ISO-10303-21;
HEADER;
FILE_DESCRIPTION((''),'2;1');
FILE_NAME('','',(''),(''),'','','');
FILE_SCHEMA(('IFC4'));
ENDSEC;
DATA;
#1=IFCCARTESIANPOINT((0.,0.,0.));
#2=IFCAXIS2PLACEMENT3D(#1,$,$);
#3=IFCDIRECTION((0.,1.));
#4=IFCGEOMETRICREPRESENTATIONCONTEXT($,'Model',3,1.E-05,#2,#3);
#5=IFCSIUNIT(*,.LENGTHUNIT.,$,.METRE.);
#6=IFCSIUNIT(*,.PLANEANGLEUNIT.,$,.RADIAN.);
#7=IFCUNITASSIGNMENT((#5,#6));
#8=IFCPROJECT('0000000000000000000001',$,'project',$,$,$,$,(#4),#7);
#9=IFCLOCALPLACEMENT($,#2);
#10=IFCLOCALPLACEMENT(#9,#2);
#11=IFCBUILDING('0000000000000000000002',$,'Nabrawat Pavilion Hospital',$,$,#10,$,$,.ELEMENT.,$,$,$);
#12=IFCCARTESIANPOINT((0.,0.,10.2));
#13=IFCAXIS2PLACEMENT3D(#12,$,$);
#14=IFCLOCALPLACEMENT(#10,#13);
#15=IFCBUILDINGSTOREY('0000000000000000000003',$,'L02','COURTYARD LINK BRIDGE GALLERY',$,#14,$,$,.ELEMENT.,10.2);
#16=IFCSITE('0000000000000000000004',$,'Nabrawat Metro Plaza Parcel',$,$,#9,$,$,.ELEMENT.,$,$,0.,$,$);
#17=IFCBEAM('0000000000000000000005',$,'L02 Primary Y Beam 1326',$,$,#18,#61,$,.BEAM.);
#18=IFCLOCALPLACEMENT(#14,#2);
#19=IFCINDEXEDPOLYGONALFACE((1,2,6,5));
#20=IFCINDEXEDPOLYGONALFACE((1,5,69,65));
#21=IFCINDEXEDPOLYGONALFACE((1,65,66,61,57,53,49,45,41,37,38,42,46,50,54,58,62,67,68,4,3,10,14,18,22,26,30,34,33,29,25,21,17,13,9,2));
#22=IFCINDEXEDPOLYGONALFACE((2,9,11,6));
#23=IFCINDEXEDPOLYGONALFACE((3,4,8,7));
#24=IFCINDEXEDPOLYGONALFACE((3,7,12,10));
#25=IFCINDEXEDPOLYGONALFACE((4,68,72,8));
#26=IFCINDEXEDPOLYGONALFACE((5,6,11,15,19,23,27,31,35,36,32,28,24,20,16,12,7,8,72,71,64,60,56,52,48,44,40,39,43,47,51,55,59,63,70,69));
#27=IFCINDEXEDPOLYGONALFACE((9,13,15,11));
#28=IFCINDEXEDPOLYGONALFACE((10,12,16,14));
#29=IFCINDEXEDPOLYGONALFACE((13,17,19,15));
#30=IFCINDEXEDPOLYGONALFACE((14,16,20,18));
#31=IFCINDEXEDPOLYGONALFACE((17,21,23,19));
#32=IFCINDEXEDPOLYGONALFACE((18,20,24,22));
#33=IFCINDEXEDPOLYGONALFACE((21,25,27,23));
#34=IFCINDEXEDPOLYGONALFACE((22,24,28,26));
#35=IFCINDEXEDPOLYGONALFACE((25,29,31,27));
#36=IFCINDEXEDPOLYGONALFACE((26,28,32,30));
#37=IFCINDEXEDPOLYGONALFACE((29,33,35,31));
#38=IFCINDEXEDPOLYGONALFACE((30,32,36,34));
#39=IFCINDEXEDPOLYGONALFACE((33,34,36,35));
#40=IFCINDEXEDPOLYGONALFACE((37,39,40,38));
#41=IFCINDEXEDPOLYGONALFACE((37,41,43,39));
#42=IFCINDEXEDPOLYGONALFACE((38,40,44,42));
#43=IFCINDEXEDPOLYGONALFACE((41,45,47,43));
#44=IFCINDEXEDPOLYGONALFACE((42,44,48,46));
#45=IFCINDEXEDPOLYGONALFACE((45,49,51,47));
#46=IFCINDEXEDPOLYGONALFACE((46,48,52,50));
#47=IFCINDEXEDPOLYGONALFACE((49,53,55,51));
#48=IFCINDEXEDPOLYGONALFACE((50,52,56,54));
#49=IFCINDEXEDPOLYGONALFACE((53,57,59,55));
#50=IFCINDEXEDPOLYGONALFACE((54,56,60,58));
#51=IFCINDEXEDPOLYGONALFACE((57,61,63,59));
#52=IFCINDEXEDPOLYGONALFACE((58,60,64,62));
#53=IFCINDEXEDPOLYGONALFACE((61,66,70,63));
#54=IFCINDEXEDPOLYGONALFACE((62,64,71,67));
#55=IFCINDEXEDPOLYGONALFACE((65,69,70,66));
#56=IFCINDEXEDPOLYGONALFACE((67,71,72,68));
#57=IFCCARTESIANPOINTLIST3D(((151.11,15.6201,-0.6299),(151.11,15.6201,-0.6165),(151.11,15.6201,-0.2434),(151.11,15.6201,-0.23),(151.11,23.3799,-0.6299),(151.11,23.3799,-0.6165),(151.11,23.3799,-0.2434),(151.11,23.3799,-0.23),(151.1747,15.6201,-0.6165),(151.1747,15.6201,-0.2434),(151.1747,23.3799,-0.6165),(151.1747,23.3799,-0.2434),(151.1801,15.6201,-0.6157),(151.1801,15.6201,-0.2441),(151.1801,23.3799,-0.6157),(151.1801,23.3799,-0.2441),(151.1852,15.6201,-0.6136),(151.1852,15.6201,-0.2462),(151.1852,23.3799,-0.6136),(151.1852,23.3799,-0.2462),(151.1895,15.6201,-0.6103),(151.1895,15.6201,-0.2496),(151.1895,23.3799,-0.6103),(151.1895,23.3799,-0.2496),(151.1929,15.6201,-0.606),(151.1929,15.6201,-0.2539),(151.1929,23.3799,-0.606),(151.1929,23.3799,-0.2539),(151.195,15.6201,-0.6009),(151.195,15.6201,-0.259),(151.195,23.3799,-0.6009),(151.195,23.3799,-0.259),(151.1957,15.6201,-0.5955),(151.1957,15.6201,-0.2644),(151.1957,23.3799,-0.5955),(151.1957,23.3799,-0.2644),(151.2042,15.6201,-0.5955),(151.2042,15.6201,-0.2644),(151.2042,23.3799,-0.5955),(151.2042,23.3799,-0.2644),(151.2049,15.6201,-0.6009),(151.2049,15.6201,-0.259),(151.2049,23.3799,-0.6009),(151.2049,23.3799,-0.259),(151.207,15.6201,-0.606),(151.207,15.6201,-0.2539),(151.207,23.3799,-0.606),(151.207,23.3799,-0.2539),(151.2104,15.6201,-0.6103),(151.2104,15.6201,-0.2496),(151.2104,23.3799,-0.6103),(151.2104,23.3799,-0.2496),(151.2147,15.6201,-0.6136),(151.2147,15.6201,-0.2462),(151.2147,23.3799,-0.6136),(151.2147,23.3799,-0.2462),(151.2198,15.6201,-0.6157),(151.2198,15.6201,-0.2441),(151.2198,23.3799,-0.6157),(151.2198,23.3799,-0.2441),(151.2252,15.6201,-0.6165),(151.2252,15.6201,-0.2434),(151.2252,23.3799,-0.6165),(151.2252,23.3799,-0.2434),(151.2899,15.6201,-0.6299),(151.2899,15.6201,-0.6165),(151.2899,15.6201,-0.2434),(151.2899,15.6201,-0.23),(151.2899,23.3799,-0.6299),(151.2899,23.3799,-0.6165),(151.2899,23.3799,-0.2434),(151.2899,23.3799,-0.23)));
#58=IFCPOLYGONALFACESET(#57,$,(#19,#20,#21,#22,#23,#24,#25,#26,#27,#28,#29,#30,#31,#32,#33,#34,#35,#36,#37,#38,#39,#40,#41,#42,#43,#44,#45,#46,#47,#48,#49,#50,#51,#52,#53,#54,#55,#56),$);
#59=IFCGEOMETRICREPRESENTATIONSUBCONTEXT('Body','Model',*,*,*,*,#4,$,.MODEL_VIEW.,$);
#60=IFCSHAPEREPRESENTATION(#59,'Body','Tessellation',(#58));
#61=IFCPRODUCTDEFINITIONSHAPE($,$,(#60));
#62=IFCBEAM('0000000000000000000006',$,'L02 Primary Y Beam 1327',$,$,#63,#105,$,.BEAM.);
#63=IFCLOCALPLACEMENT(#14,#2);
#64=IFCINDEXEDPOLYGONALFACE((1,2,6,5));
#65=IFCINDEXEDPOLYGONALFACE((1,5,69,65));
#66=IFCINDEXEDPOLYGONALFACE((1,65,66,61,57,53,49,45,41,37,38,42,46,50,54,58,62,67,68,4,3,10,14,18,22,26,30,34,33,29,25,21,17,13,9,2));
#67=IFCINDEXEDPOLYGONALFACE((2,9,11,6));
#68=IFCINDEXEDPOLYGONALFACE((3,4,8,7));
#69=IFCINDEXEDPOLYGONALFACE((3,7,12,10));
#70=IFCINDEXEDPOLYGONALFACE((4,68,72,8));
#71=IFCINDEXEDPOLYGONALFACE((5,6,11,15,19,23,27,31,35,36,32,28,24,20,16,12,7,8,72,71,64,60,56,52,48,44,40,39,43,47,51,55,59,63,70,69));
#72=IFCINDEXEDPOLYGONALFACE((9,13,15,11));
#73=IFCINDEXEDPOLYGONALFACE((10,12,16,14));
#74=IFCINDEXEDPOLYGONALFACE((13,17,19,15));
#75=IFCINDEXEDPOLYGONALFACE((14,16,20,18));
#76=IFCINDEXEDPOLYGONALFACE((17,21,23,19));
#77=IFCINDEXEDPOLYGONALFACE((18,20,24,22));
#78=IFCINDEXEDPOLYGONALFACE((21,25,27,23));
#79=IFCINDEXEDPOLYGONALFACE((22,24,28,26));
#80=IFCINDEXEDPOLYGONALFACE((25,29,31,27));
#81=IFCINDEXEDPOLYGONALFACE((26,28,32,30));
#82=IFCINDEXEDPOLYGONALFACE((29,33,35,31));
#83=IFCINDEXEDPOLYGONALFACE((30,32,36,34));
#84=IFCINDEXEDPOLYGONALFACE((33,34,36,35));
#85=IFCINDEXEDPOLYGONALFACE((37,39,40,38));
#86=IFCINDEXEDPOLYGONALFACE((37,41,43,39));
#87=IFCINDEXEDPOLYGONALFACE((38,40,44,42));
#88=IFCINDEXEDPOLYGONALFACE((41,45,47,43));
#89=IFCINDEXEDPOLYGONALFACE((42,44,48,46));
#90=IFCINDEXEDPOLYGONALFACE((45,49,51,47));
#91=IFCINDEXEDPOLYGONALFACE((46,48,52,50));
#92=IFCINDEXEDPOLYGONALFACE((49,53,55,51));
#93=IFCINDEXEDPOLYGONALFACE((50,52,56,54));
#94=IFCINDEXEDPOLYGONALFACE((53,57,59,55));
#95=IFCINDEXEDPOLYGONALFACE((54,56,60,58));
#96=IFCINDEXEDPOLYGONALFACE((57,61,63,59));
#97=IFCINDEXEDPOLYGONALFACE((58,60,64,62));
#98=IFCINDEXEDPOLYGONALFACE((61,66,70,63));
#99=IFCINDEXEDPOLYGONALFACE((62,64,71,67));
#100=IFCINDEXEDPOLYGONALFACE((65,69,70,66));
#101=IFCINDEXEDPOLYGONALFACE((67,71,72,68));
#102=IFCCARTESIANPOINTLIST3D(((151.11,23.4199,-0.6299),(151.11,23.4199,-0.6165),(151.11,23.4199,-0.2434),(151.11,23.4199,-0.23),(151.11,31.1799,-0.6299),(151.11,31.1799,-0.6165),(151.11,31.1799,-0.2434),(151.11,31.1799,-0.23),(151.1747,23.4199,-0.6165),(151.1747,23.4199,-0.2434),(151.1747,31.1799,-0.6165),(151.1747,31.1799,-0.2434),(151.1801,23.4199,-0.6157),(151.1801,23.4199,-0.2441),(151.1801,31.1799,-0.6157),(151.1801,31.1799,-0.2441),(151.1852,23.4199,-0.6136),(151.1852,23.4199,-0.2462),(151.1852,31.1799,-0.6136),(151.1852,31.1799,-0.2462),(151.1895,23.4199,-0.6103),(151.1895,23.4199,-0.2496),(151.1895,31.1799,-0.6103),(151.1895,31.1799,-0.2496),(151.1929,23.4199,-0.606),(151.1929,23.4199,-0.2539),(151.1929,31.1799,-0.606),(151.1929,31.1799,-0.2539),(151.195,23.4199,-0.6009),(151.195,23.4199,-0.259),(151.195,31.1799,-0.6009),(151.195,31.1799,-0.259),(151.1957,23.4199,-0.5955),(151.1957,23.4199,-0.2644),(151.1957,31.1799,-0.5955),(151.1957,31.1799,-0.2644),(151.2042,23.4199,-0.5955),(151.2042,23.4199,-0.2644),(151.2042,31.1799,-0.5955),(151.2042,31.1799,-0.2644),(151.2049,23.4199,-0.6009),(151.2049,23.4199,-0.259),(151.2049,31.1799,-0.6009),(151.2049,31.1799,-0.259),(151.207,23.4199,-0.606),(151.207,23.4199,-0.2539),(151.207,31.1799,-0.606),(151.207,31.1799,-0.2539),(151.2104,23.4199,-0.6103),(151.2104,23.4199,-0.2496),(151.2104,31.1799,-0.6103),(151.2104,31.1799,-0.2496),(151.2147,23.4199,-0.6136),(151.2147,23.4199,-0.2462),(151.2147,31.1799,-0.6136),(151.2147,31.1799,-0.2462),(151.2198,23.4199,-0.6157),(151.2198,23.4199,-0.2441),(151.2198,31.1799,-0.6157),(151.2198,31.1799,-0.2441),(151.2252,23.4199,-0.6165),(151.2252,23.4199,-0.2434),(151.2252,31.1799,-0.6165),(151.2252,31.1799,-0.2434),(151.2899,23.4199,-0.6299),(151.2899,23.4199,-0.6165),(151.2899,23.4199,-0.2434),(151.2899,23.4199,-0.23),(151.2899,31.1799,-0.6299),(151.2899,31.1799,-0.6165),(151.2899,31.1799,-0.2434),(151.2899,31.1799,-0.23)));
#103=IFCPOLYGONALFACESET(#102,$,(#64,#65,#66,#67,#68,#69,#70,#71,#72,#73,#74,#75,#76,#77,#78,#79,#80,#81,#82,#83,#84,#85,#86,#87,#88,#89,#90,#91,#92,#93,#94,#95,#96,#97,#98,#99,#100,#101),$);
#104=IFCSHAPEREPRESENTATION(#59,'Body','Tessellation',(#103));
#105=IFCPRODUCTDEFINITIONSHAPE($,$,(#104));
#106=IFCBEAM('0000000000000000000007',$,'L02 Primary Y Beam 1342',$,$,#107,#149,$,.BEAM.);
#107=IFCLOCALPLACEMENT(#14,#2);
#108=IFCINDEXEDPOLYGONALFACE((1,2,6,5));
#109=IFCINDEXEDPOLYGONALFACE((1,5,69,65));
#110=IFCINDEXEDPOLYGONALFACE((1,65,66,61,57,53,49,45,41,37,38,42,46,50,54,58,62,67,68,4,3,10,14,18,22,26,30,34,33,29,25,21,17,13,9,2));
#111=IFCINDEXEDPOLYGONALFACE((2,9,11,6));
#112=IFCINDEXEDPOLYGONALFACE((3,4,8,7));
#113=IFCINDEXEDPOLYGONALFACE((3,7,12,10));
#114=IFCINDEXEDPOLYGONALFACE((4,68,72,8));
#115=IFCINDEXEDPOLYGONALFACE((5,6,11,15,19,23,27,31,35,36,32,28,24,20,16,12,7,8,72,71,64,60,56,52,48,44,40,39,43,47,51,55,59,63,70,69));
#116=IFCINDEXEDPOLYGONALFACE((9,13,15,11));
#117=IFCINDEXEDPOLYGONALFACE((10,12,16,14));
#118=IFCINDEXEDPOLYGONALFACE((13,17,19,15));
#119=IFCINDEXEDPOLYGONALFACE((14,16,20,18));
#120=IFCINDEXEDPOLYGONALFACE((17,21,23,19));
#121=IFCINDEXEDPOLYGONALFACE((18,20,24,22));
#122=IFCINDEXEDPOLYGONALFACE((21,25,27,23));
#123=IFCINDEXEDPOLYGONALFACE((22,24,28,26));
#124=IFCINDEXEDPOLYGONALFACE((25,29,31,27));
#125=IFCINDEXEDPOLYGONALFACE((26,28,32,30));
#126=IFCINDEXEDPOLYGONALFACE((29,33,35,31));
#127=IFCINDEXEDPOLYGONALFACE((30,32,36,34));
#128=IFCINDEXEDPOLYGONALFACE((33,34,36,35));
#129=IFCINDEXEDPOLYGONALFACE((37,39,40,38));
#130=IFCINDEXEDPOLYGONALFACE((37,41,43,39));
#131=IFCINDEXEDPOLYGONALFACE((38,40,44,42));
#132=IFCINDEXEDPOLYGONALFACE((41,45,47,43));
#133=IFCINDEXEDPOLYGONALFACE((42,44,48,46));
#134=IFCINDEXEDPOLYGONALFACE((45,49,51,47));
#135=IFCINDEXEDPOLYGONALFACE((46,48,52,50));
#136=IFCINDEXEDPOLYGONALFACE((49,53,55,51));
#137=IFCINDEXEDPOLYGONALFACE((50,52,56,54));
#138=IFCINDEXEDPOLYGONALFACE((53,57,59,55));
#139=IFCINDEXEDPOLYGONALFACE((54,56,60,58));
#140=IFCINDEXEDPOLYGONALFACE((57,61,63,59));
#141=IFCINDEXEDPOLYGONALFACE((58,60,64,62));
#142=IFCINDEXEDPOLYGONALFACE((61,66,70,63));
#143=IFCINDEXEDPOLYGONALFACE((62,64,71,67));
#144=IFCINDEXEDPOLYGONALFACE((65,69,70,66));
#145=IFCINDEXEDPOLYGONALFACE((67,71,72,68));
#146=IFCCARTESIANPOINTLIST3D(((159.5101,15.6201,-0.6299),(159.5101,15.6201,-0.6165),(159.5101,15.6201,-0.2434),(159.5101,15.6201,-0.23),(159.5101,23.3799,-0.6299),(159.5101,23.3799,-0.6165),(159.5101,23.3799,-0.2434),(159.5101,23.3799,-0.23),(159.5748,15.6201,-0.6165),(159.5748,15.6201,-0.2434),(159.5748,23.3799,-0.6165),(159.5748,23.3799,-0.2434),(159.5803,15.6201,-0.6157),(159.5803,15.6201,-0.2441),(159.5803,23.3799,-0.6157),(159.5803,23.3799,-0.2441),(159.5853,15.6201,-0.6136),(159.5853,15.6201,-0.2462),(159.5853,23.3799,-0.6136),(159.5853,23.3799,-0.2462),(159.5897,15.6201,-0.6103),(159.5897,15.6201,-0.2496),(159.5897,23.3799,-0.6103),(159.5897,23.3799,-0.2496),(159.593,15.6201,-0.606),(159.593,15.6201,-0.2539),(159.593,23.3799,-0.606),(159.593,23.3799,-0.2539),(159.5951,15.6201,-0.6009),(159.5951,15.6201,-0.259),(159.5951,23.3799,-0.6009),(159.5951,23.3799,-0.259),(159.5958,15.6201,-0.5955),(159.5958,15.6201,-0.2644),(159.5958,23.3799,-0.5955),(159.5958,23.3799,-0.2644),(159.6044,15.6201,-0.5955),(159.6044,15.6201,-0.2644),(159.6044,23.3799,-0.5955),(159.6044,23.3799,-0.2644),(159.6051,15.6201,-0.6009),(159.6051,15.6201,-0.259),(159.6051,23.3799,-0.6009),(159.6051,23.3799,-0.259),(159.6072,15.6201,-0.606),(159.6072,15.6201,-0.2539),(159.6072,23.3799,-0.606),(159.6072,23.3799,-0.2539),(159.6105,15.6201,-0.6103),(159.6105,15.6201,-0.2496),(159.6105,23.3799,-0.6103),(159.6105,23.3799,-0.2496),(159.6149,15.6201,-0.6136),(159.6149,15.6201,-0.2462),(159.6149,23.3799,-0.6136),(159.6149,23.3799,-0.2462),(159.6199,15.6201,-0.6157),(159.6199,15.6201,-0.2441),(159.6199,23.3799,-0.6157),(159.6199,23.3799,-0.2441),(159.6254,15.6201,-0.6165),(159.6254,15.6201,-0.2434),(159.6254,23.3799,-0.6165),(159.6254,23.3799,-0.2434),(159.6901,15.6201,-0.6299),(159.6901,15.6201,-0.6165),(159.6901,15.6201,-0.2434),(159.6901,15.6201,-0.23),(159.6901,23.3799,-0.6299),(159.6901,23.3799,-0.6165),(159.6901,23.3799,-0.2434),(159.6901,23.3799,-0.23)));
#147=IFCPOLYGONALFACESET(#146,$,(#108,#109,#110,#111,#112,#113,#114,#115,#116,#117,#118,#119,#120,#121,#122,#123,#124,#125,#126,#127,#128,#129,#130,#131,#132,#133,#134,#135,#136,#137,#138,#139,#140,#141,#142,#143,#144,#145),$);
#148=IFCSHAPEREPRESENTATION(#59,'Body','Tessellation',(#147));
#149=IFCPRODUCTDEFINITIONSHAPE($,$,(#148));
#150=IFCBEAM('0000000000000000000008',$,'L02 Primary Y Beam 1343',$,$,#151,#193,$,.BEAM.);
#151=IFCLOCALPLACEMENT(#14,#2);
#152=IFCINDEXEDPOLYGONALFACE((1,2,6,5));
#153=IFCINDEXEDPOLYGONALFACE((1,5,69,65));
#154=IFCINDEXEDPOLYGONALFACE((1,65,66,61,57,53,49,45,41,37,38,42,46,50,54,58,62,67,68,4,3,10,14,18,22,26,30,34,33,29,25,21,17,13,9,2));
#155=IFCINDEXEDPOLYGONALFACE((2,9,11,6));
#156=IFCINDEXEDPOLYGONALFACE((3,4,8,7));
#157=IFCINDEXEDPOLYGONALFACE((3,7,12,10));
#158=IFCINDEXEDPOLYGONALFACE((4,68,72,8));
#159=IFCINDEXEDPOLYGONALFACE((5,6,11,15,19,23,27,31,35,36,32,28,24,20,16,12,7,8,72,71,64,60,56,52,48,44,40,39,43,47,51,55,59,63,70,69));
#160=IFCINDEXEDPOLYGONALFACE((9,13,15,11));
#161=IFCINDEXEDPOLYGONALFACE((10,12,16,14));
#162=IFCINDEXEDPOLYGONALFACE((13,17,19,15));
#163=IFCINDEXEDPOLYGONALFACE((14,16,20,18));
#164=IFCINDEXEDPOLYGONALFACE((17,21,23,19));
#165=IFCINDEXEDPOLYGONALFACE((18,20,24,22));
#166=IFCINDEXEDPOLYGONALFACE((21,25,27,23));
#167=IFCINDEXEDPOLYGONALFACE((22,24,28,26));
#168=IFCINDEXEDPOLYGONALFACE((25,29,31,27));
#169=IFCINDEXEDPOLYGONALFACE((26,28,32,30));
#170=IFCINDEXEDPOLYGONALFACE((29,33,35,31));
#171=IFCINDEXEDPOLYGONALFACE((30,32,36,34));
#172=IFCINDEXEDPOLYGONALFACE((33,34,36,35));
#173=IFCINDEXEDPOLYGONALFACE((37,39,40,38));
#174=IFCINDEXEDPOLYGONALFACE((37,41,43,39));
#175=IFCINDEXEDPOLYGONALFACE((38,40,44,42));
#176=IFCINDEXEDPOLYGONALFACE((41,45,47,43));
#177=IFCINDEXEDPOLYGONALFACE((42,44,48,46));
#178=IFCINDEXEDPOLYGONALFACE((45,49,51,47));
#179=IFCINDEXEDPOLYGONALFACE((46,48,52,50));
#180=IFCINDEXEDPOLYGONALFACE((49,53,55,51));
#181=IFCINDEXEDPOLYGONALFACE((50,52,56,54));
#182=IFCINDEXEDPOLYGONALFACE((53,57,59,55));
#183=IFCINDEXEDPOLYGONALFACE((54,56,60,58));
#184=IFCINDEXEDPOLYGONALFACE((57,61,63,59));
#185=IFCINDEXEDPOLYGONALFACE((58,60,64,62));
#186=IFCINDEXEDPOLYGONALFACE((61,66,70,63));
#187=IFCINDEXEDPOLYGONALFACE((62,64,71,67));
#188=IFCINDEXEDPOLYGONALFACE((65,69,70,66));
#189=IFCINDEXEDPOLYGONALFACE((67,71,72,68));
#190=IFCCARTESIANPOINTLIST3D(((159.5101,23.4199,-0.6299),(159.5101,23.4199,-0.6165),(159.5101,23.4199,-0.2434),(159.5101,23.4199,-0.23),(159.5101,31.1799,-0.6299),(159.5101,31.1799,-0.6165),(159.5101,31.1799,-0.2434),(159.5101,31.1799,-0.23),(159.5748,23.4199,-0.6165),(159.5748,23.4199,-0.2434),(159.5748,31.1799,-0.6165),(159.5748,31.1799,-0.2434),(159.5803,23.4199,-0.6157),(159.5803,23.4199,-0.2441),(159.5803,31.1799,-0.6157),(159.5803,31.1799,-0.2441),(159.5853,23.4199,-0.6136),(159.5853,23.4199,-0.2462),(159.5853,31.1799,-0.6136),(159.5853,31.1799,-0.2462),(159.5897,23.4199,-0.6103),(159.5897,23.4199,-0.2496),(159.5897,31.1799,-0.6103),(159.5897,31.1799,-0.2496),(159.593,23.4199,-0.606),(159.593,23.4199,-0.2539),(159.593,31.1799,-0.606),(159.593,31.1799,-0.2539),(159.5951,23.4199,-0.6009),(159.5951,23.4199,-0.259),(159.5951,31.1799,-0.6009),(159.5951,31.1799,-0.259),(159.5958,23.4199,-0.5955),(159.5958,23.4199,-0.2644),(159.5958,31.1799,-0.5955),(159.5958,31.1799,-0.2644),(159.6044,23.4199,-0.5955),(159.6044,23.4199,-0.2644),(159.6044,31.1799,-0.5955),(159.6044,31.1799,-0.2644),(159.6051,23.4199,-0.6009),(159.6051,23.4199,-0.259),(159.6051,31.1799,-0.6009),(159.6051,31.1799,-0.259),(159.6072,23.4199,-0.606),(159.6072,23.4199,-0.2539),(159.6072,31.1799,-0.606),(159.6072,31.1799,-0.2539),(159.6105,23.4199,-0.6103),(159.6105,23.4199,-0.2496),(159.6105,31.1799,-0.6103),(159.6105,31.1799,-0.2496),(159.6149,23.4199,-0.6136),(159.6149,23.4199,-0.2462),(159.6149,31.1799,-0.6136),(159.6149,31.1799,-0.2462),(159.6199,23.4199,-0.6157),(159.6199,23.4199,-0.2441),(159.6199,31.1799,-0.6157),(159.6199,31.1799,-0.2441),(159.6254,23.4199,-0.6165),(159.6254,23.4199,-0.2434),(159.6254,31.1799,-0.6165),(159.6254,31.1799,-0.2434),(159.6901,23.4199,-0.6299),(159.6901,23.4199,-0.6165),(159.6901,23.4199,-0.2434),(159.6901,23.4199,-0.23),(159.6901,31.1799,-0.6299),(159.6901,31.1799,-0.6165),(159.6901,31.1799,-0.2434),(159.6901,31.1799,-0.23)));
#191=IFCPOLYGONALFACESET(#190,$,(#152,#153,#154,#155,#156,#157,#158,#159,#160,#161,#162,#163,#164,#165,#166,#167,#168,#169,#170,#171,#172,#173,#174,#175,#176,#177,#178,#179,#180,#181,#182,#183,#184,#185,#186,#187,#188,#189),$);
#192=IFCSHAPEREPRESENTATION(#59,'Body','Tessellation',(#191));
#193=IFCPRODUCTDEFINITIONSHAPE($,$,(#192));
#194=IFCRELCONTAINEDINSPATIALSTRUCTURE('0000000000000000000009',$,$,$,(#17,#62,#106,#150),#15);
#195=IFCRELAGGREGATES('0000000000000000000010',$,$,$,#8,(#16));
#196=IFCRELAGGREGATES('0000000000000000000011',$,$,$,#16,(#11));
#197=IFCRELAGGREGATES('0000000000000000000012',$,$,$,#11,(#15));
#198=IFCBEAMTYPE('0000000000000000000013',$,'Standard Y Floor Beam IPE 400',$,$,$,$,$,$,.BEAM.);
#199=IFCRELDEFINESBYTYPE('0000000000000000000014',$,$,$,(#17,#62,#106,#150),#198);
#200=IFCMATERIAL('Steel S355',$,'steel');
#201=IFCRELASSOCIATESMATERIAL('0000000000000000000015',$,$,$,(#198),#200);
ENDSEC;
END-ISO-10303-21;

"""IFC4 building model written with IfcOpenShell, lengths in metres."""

from ifc_helpers import new_model, si_unit, direction, frame, origin, origin_2d, place, context, subcontext, project, spatial, i_section, extrude, material, material_profile, profile_set, type_object, element, save


model = new_model("IFC4")

# Units and contexts
model_context = context("Model", 3, precision=1e-05, world=origin(), true_north=direction((0.0, 1.0)))
body_context = subcontext(model_context, "Body", "Model", "MODEL_VIEW")
ifc_project = project(units=[si_unit("LENGTHUNIT", "METRE"), si_unit("PLANEANGLEUNIT", "RADIAN")], contexts=[model_context])

# Site, building, storey
site_placement = place(None, origin())
site = spatial("IfcSite", under=ifc_project, at=site_placement, Name="Nabrawat Metro Plaza Parcel", CompositionType="ELEMENT", RefElevation=0.0)
building_placement = place(site_placement, origin())
building = spatial("IfcBuilding", under=site, at=building_placement, Name="Nabrawat Pavilion Hospital", CompositionType="ELEMENT")
storey_placement = place(building_placement, frame((0.0, 0.0, 10.2)))
storey = spatial("IfcBuildingStorey", under=building, at=storey_placement, Name="L02", Description="COURTYARD LINK BRIDGE GALLERY", CompositionType="ELEMENT", Elevation=10.2)

# Shared definitions
ifc_material_1 = material(Name="Steel S355", Category="steel")

# Beams
ifc_material_profile_1 = material_profile(ifc_material_1, i_section(OverallWidth=0.1799, OverallDepth=0.3999, WebThickness=0.0085, FlangeThickness=0.0134, FilletRadius=0.021, at=origin_2d()), Name="IPE 400")
ifc_profile_set_1 = profile_set([ifc_material_profile_1], Name="Steel S355")
beam_type_1 = type_object("IfcBeamType", Name="Standard Y Floor Beam IPE 400", PredefinedType="BEAM", material=ifc_profile_set_1)
beam_1_placement = place(storey_placement, frame((151.2, 15.6201, -0.4299), z_axis=(0.0, 1.0, 0.0), x_axis=(-1.0, 0.0, 0.0)))
element("IfcBeam", 1, at=beam_1_placement, inside=storey, type_object=beam_type_1, Name="L02 Primary Y Beam 1326", PredefinedType="BEAM", context=body_context, shape_type="SweptSolid", body=[
    extrude(i_section(OverallWidth=0.1799, OverallDepth=0.3999, WebThickness=0.0085, FlangeThickness=0.0134, FilletRadius=0.021, at=origin_2d()), origin(), (0.0, 0.0, 1.0), 7.7598),
])
beam_2_placement = place(storey_placement, frame((151.2, 23.4199, -0.4299), z_axis=(0.0, 1.0, 0.0), x_axis=(-1.0, 0.0, 0.0)))
element("IfcBeam", 2, at=beam_2_placement, inside=storey, type_object=beam_type_1, Name="L02 Primary Y Beam 1327", PredefinedType="BEAM", context=body_context, shape_type="SweptSolid", body=[
    extrude(i_section(OverallWidth=0.1799, OverallDepth=0.3999, WebThickness=0.0085, FlangeThickness=0.0134, FilletRadius=0.021, at=origin_2d()), origin(), (0.0, 0.0, 1.0), 7.76),
])
beam_3_placement = place(storey_placement, frame((159.6001, 15.6201, -0.4299), z_axis=(0.0, 1.0, 0.0), x_axis=(-1.0, 0.0, 0.0)))
element("IfcBeam", 3, at=beam_3_placement, inside=storey, type_object=beam_type_1, Name="L02 Primary Y Beam 1342", PredefinedType="BEAM", context=body_context, shape_type="SweptSolid", body=[
    extrude(i_section(OverallWidth=0.1799, OverallDepth=0.3999, WebThickness=0.0085, FlangeThickness=0.0134, FilletRadius=0.021, at=origin_2d()), origin(), (0.0, 0.0, 1.0), 7.7598),
])
beam_4_placement = place(storey_placement, frame((159.6001, 23.4199, -0.4299), z_axis=(0.0, 1.0, 0.0), x_axis=(-1.0, 0.0, 0.0)))
element("IfcBeam", 4, at=beam_4_placement, inside=storey, type_object=beam_type_1, Name="L02 Primary Y Beam 1343", PredefinedType="BEAM", context=body_context, shape_type="SweptSolid", body=[
    extrude(i_section(OverallWidth=0.1799, OverallDepth=0.3999, WebThickness=0.0085, FlangeThickness=0.0134, FilletRadius=0.021, at=origin_2d()), origin(), (0.0, 0.0, 1.0), 7.76),
])

save(model, "model.ifc")
